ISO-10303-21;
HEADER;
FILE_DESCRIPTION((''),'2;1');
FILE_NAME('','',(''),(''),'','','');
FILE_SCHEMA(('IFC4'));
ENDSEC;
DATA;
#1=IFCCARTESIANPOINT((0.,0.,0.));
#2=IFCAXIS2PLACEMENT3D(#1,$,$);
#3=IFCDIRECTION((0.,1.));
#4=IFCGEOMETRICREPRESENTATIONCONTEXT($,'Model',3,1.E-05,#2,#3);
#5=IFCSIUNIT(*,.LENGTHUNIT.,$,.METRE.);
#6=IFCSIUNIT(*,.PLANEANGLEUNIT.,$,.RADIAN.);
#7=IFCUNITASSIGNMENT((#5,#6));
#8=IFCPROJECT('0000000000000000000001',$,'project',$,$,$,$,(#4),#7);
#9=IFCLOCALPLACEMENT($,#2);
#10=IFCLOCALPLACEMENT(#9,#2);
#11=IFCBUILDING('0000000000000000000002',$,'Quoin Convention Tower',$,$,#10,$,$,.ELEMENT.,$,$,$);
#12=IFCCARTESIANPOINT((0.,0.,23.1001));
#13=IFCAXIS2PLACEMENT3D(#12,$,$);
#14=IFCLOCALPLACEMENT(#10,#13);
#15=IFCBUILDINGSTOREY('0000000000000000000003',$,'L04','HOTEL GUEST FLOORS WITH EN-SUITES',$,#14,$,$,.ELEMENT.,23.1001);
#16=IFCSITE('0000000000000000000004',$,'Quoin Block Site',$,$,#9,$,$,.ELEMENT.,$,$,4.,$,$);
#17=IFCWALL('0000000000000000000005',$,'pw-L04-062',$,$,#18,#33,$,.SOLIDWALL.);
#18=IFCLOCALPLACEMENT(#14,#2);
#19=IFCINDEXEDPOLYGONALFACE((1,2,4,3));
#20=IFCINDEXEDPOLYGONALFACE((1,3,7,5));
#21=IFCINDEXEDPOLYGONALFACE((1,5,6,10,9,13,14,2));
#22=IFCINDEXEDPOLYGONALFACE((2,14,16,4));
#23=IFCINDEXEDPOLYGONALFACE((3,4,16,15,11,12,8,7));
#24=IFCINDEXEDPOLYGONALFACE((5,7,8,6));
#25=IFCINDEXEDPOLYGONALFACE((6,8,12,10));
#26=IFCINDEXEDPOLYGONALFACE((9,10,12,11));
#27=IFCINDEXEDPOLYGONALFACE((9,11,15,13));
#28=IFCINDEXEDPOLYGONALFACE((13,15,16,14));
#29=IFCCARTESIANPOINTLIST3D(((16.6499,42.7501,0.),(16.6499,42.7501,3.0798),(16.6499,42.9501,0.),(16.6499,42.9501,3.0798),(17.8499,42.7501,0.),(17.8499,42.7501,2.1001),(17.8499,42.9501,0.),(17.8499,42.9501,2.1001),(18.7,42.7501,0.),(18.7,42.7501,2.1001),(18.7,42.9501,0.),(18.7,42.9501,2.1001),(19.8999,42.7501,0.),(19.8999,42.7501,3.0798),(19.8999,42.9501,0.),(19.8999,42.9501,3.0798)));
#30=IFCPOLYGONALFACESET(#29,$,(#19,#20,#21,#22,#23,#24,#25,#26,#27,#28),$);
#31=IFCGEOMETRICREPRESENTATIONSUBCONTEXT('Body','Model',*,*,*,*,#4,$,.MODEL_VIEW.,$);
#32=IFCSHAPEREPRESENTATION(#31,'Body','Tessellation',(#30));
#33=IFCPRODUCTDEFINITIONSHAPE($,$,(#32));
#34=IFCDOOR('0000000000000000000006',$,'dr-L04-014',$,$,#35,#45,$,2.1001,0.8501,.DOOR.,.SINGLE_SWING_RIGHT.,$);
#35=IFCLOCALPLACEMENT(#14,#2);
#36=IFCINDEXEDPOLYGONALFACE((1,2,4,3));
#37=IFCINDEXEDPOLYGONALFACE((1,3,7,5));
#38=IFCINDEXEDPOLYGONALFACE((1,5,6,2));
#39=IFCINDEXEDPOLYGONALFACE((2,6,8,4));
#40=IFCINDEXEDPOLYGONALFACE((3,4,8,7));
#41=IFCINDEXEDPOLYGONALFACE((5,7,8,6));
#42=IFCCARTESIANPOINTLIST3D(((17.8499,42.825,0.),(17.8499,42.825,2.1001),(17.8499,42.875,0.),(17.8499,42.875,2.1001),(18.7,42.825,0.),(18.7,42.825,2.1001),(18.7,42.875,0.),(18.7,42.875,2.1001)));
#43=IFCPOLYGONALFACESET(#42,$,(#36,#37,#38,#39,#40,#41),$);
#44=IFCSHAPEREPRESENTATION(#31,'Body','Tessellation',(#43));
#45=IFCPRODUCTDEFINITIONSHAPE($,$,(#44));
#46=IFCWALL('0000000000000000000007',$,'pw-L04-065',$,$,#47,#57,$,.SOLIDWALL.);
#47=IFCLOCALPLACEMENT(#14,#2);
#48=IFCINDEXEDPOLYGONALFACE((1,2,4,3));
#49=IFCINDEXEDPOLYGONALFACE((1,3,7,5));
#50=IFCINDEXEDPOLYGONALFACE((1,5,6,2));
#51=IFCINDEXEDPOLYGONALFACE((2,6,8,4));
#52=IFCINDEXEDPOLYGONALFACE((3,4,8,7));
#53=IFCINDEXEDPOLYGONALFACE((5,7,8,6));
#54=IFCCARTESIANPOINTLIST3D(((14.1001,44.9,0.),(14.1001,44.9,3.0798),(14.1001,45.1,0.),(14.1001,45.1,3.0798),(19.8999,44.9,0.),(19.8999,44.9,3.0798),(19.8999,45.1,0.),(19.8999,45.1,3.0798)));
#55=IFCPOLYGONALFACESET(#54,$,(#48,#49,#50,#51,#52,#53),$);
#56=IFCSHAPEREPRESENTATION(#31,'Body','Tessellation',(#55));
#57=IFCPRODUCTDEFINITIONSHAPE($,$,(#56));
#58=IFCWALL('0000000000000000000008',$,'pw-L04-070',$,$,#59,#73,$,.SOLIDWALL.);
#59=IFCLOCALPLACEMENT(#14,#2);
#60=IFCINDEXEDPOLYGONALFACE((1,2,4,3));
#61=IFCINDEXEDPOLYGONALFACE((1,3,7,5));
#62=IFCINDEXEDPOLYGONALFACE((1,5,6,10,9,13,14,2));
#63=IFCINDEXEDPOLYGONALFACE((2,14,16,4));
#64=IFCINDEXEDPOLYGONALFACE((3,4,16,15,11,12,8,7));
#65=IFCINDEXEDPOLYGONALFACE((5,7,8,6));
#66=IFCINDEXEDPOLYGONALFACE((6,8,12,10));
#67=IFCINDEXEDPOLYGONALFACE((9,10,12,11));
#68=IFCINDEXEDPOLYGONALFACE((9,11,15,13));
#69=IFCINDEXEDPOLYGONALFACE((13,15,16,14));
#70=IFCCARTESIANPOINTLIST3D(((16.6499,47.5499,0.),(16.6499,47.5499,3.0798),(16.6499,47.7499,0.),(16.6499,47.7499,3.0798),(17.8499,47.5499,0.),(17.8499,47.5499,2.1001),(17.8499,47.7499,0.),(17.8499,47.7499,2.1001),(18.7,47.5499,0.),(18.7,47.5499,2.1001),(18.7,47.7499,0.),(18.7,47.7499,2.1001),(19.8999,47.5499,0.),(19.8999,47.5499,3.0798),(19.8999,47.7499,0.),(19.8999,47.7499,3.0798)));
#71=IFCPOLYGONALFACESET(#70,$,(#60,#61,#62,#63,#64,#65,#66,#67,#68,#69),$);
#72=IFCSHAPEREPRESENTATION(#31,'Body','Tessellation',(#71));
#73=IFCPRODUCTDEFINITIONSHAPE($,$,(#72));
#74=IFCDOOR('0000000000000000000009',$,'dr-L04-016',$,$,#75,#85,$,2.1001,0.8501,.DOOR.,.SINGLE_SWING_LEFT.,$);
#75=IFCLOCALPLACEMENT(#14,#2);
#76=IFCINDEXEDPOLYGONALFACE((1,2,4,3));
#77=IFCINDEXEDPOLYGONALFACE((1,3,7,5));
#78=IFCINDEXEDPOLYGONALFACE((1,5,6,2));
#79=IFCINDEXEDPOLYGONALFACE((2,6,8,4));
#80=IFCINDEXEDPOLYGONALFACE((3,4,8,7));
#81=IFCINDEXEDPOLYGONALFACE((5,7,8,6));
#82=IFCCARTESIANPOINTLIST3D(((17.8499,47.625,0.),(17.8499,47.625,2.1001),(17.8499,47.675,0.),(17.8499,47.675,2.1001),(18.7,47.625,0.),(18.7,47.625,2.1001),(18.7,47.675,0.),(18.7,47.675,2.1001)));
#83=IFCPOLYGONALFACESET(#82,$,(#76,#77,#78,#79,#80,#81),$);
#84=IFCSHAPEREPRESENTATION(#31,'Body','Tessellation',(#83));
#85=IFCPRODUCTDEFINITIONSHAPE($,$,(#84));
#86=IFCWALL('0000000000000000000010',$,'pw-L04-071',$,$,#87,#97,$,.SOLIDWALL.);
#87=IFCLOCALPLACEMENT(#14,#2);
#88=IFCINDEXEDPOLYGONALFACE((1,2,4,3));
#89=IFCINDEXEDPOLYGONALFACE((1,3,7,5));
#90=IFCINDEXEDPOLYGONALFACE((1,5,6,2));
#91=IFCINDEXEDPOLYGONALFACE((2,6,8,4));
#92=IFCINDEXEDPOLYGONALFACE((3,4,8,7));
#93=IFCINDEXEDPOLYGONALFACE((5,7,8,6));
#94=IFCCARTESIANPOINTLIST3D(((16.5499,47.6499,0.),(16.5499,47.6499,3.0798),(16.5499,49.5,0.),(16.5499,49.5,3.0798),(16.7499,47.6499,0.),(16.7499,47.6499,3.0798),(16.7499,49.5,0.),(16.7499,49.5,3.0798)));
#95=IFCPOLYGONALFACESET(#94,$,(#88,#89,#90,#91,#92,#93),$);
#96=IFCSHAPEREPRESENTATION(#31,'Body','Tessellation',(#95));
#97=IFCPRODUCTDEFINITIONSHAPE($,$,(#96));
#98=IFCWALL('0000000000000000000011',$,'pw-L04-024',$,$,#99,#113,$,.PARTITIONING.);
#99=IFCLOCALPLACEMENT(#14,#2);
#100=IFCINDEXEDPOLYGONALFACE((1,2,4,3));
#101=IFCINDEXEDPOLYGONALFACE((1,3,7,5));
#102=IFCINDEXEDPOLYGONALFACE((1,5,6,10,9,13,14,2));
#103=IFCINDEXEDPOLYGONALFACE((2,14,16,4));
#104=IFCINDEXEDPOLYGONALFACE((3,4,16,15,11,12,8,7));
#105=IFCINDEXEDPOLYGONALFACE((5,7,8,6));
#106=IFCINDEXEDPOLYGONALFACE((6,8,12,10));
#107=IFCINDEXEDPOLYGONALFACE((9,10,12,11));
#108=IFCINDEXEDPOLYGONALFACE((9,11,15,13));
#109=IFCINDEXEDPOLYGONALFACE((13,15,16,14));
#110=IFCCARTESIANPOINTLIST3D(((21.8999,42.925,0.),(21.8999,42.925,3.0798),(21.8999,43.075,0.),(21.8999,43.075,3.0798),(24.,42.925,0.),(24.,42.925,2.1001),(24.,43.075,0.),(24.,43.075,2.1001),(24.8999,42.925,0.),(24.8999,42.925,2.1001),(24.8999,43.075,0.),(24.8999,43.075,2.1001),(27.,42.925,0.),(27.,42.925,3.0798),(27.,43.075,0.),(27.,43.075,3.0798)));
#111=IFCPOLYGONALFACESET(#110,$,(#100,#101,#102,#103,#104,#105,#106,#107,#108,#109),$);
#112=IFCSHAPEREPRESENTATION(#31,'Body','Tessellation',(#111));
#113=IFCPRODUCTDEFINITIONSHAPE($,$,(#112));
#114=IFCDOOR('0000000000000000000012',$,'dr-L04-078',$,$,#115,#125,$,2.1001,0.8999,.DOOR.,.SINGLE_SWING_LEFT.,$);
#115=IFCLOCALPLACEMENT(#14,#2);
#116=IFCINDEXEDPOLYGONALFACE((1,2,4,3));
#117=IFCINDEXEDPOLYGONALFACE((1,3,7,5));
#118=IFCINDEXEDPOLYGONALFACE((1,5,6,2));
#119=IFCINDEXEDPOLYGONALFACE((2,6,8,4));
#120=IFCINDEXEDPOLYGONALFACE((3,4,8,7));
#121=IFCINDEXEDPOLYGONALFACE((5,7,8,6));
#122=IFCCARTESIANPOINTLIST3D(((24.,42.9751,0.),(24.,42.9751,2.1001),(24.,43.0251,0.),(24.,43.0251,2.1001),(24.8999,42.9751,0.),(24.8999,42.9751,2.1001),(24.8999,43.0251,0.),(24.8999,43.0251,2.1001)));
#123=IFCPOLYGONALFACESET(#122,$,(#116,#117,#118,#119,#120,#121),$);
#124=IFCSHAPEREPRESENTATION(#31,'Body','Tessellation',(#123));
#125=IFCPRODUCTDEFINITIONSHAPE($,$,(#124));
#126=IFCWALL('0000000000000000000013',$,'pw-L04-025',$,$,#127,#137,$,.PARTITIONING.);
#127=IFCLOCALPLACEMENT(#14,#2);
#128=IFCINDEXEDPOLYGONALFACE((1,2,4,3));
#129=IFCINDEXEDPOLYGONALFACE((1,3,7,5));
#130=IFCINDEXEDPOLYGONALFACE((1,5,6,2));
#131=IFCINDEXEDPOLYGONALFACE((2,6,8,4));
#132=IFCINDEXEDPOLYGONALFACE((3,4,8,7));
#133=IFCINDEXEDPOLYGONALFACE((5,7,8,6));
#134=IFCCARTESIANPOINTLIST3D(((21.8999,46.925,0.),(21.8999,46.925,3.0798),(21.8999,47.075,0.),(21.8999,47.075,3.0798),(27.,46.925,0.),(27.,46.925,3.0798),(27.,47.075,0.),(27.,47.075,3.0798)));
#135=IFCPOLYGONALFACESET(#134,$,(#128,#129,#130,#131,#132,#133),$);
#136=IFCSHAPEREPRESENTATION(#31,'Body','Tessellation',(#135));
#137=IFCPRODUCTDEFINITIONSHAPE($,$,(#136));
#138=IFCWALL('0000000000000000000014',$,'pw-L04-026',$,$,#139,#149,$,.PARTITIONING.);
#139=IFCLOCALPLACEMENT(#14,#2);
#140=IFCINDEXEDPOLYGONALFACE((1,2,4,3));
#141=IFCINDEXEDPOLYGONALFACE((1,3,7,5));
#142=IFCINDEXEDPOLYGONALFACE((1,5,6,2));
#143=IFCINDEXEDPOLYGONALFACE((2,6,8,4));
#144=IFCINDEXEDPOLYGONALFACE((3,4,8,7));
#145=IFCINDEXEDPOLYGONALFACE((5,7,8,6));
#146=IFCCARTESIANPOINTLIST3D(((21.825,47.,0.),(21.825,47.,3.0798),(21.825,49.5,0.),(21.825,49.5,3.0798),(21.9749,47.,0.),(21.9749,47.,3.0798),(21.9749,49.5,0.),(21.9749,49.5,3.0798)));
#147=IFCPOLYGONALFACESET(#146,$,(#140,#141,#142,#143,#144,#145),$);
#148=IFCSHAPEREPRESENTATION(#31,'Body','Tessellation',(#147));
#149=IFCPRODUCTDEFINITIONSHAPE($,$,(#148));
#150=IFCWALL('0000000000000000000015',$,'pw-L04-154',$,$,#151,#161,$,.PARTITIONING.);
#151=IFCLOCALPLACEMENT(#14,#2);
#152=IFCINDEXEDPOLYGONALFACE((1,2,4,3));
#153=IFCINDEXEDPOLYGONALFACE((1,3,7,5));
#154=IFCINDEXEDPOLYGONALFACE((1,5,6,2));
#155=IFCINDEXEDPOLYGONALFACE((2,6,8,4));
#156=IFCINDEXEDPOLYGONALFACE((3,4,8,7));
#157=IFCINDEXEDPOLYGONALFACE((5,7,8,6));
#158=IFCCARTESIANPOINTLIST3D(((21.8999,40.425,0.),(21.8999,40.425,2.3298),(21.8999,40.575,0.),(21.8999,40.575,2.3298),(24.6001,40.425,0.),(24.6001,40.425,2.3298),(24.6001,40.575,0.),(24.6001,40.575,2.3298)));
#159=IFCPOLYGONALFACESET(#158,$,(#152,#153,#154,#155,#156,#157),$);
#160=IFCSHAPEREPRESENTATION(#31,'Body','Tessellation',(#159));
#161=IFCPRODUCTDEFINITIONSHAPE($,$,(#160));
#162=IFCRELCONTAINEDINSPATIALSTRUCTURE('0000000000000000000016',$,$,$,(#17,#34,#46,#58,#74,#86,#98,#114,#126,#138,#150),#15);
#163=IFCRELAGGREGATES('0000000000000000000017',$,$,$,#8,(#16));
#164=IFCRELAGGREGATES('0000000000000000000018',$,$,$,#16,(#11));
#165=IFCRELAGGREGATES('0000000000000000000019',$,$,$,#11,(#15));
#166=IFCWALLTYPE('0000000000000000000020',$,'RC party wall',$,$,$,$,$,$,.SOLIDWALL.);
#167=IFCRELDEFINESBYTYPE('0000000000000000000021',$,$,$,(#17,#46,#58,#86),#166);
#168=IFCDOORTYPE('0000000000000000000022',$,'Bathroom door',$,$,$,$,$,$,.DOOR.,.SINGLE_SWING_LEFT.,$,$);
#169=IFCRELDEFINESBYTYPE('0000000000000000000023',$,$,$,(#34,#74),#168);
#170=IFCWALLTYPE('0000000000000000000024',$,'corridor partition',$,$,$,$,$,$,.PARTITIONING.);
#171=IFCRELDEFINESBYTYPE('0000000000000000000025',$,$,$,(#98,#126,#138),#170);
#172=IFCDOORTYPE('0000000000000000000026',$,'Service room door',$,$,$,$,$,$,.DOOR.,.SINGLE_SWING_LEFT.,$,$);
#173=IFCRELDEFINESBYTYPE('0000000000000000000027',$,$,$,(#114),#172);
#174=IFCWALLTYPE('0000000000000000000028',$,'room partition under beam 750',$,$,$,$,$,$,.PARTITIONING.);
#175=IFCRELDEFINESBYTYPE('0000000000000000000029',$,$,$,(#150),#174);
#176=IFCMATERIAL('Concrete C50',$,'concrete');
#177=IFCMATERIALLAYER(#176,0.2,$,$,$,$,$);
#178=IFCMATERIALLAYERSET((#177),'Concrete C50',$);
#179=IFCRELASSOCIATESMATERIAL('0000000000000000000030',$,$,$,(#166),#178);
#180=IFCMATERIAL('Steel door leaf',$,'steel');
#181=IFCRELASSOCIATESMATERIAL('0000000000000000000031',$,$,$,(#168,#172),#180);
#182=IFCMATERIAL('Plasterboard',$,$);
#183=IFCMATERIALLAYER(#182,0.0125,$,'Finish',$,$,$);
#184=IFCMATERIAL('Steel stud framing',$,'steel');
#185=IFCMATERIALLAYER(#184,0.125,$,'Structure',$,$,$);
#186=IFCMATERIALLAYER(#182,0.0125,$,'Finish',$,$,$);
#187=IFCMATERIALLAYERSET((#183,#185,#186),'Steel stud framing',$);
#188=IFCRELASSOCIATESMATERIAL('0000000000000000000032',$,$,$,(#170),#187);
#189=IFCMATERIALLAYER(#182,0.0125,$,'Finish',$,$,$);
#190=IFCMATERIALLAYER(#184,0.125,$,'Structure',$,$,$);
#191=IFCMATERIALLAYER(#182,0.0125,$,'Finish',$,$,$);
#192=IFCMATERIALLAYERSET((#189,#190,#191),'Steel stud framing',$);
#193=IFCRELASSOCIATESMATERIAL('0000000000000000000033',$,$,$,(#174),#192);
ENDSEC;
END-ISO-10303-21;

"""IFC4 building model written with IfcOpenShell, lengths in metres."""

from ifc_helpers import new_model, si_unit, direction, frame, frame_2d, origin, place, context, subcontext, project, spatial, rectangle, extrude, material, layer, layer_set, type_object, element, fill, save


model = new_model("IFC4")

# Units and contexts
model_context = context("Model", 3, precision=1e-05, world=origin(), true_north=direction((0.0, 1.0)))
body_context = subcontext(model_context, "Body", "Model", "MODEL_VIEW")
ifc_project = project(units=[si_unit("LENGTHUNIT", "METRE"), si_unit("PLANEANGLEUNIT", "RADIAN")], contexts=[model_context])

# Site, building, storey
site_placement = place(None, origin())
site = spatial("IfcSite", under=ifc_project, at=site_placement, Name="Quoin Block Site", CompositionType="ELEMENT", RefElevation=4.0)
building_placement = place(site_placement, origin())
building = spatial("IfcBuilding", under=site, at=building_placement, Name="Quoin Convention Tower", CompositionType="ELEMENT")
storey_placement = place(building_placement, frame((0.0, 0.0, 23.1001)))
storey = spatial("IfcBuildingStorey", under=building, at=storey_placement, Name="L04", Description="HOTEL GUEST FLOORS WITH EN-SUITES", CompositionType="ELEMENT", Elevation=23.1001)

# Shared definitions
ifc_material_1 = material(Name="Concrete C50", Category="concrete")
ifc_layer_1 = layer(ifc_material_1, 0.2)
ifc_layer_set_1 = layer_set([ifc_layer_1], Name="Concrete C50")
wall_type_1 = type_object("IfcWallType", Name="RC party wall", PredefinedType="SOLIDWALL", material=ifc_layer_set_1)
ifc_material_2 = material(Name="Steel door leaf", Category="steel")
door_type_1 = type_object("IfcDoorType", Name="Bathroom door", OperationType="SINGLE_SWING_LEFT", PredefinedType="DOOR", material=ifc_material_2)

# Wall, opening, door
wall_1_placement = place(storey_placement, frame((16.6499, 42.8501, 0.0), z_axis=(0.0, 0.0, 1.0), x_axis=(1.0, 0.0, 0.0)))
wall_1 = element("IfcWall", 1, at=wall_1_placement, inside=storey, type_object=wall_type_1, Name="pw-L04-062", PredefinedType="SOLIDWALL", context=body_context, shape_type="SweptSolid", body=[
    extrude(rectangle(XDim=3.25, YDim=0.2, at=frame_2d((1.625, 0.0))), origin(), (0.0, 0.0, 1.0), 3.0798),
])
opening_1_placement = place(wall_1_placement, frame((1.2, 0.0, 0.0)))
opening_1 = element("IfcOpeningElement", 2, at=opening_1_placement, cuts=wall_1, PredefinedType="OPENING", context=body_context, shape_type="SweptSolid", body=[
    extrude(rectangle(XDim=0.8501, YDim=2.1001, at=frame_2d((0.425, 1.05))), frame((0.0, 0.1099, 0.0), z_axis=(0.0, -1.0, 0.0), x_axis=(1.0, 0.0, 0.0)), (0.0, 0.0, 1.0), 0.22),
])
door_1_placement = place(opening_1_placement, origin())
door_1 = element("IfcDoor", 3, at=door_1_placement, inside=storey, type_object=door_type_1, Name="dr-L04-014", OperationType="SINGLE_SWING_RIGHT", OverallHeight=2.1001, OverallWidth=0.8501, PredefinedType="DOOR", context=body_context, shape_type="SweptSolid", body=[
    extrude(rectangle(XDim=0.8501, YDim=2.1001, at=frame_2d((0.425, 1.05))), frame((0.0, 0.0249, 0.0), z_axis=(0.0, -1.0, 0.0), x_axis=(1.0, 0.0, 0.0)), (0.0, 0.0, 1.0), 0.05),
])
fill(opening_1, door_1)

# Wall
wall_2_placement = place(storey_placement, frame((14.1001, 45.0, 0.0), z_axis=(0.0, 0.0, 1.0), x_axis=(1.0, 0.0, 0.0)))
element("IfcWall", 4, at=wall_2_placement, inside=storey, type_object=wall_type_1, Name="pw-L04-065", PredefinedType="SOLIDWALL", context=body_context, shape_type="SweptSolid", body=[
    extrude(rectangle(XDim=5.7998, YDim=0.2, at=frame_2d((2.8999, 0.0))), origin(), (0.0, 0.0, 1.0), 3.0798),
])

# Wall, opening, door
wall_3_placement = place(storey_placement, frame((16.6499, 47.6499, 0.0), z_axis=(0.0, 0.0, 1.0), x_axis=(1.0, 0.0, 0.0)))
wall_3 = element("IfcWall", 5, at=wall_3_placement, inside=storey, type_object=wall_type_1, Name="pw-L04-070", PredefinedType="SOLIDWALL", context=body_context, shape_type="SweptSolid", body=[
    extrude(rectangle(XDim=3.25, YDim=0.2, at=frame_2d((1.625, 0.0))), origin(), (0.0, 0.0, 1.0), 3.0798),
])
opening_2_placement = place(wall_3_placement, frame((1.2, 0.0, 0.0)))
opening_2 = element("IfcOpeningElement", 6, at=opening_2_placement, cuts=wall_3, PredefinedType="OPENING", context=body_context, shape_type="SweptSolid", body=[
    extrude(rectangle(XDim=0.8501, YDim=2.1001, at=frame_2d((0.425, 1.05))), frame((0.0, 0.1099, 0.0), z_axis=(0.0, -1.0, 0.0), x_axis=(1.0, 0.0, 0.0)), (0.0, 0.0, 1.0), 0.22),
])
door_2_placement = place(opening_2_placement, frame((0.8501, 0.0, 0.0), z_axis=(0.0, 0.0, 1.0), x_axis=(-1.0, 0.0, 0.0)))
door_2 = element("IfcDoor", 7, at=door_2_placement, inside=storey, type_object=door_type_1, Name="dr-L04-016", OperationType="SINGLE_SWING_LEFT", OverallHeight=2.1001, OverallWidth=0.8501, PredefinedType="DOOR", context=body_context, shape_type="SweptSolid", body=[
    extrude(rectangle(XDim=0.8501, YDim=2.1001, at=frame_2d((0.425, 1.05))), frame((0.0, 0.0249, 0.0), z_axis=(0.0, -1.0, 0.0), x_axis=(1.0, 0.0, 0.0)), (0.0, 0.0, 1.0), 0.05),
])
fill(opening_2, door_2)

# Wall
wall_4_placement = place(storey_placement, frame((16.6499, 47.6499, 0.0), z_axis=(0.0, 0.0, 1.0), x_axis=(0.0, 1.0, 0.0)))
element("IfcWall", 8, at=wall_4_placement, inside=storey, type_object=wall_type_1, Name="pw-L04-071", PredefinedType="SOLIDWALL", context=body_context, shape_type="SweptSolid", body=[
    extrude(rectangle(XDim=1.8501, YDim=0.2, at=frame_2d((0.925, 0.0))), origin(), (0.0, 0.0, 1.0), 3.0798),
])

# Wall, opening, door
ifc_material_3 = material(Name="Plasterboard")
ifc_layer_2 = layer(ifc_material_3, 0.0125, Name="Finish")
ifc_material_4 = material(Name="Steel stud framing", Category="steel")
ifc_layer_3 = layer(ifc_material_4, 0.125, Name="Structure")
ifc_layer_4 = layer(ifc_material_3, 0.0125, Name="Finish")
ifc_layer_set_2 = layer_set([ifc_layer_2, ifc_layer_3, ifc_layer_4], Name="Steel stud framing")
wall_type_2 = type_object("IfcWallType", Name="corridor partition", PredefinedType="PARTITIONING", material=ifc_layer_set_2)
wall_5_placement = place(storey_placement, frame((21.8999, 43.0, 0.0), z_axis=(0.0, 0.0, 1.0), x_axis=(1.0, 0.0, 0.0)))
wall_5 = element("IfcWall", 9, at=wall_5_placement, inside=storey, type_object=wall_type_2, Name="pw-L04-024", PredefinedType="PARTITIONING", context=body_context, shape_type="SweptSolid", body=[
    extrude(rectangle(XDim=5.1001, YDim=0.1499, at=frame_2d((2.55, 0.0))), origin(), (0.0, 0.0, 1.0), 3.0798),
])
opening_3_placement = place(wall_5_placement, frame((2.1001, 0.0, 0.0)))
opening_3 = element("IfcOpeningElement", 10, at=opening_3_placement, cuts=wall_5, PredefinedType="OPENING", context=body_context, shape_type="SweptSolid", body=[
    extrude(rectangle(XDim=0.8999, YDim=2.1001, at=frame_2d((0.45, 1.05))), frame((0.0, 0.085, 0.0), z_axis=(0.0, -1.0, 0.0), x_axis=(1.0, 0.0, 0.0)), (0.0, 0.0, 1.0), 0.1699),
])
door_type_2 = type_object("IfcDoorType", Name="Service room door", OperationType="SINGLE_SWING_LEFT", PredefinedType="DOOR", material=ifc_material_2)
door_3_placement = place(opening_3_placement, frame((0.8999, 0.0, 0.0), z_axis=(0.0, 0.0, 1.0), x_axis=(-1.0, 0.0, 0.0)))
door_3 = element("IfcDoor", 11, at=door_3_placement, inside=storey, type_object=door_type_2, Name="dr-L04-078", OperationType="SINGLE_SWING_LEFT", OverallHeight=2.1001, OverallWidth=0.8999, PredefinedType="DOOR", context=body_context, shape_type="SweptSolid", body=[
    extrude(rectangle(XDim=0.8999, YDim=2.1001, at=frame_2d((0.45, 1.05))), frame((0.0, 0.0249, 0.0), z_axis=(0.0, -1.0, 0.0), x_axis=(1.0, 0.0, 0.0)), (0.0, 0.0, 1.0), 0.05),
])
fill(opening_3, door_3)

# Walls
wall_6_placement = place(storey_placement, frame((21.8999, 47.0, 0.0), z_axis=(0.0, 0.0, 1.0), x_axis=(1.0, 0.0, 0.0)))
element("IfcWall", 12, at=wall_6_placement, inside=storey, type_object=wall_type_2, Name="pw-L04-025", PredefinedType="PARTITIONING", context=body_context, shape_type="SweptSolid", body=[
    extrude(rectangle(XDim=5.1001, YDim=0.1499, at=frame_2d((2.55, 0.0))), origin(), (0.0, 0.0, 1.0), 3.0798),
])
wall_7_placement = place(storey_placement, frame((21.8999, 47.0, 0.0), z_axis=(0.0, 0.0, 1.0), x_axis=(0.0, 1.0, 0.0)))
element("IfcWall", 13, at=wall_7_placement, inside=storey, type_object=wall_type_2, Name="pw-L04-026", PredefinedType="PARTITIONING", context=body_context, shape_type="SweptSolid", body=[
    extrude(rectangle(XDim=2.5, YDim=0.1499, at=frame_2d((1.25, 0.0))), origin(), (0.0, 0.0, 1.0), 3.0798),
])
ifc_layer_5 = layer(ifc_material_3, 0.0125, Name="Finish")
ifc_layer_6 = layer(ifc_material_4, 0.125, Name="Structure")
ifc_layer_7 = layer(ifc_material_3, 0.0125, Name="Finish")
ifc_layer_set_3 = layer_set([ifc_layer_5, ifc_layer_6, ifc_layer_7], Name="Steel stud framing")
wall_type_3 = type_object("IfcWallType", Name="room partition under beam 750", PredefinedType="PARTITIONING", material=ifc_layer_set_3)
wall_8_placement = place(storey_placement, frame((21.8999, 40.5, 0.0), z_axis=(0.0, 0.0, 1.0), x_axis=(1.0, 0.0, 0.0)))
element("IfcWall", 14, at=wall_8_placement, inside=storey, type_object=wall_type_3, Name="pw-L04-154", PredefinedType="PARTITIONING", context=body_context, shape_type="SweptSolid", body=[
    extrude(rectangle(XDim=2.7002, YDim=0.1499, at=frame_2d((1.3501, 0.0))), origin(), (0.0, 0.0, 1.0), 2.3298),
])

save(model, "model.ifc")
